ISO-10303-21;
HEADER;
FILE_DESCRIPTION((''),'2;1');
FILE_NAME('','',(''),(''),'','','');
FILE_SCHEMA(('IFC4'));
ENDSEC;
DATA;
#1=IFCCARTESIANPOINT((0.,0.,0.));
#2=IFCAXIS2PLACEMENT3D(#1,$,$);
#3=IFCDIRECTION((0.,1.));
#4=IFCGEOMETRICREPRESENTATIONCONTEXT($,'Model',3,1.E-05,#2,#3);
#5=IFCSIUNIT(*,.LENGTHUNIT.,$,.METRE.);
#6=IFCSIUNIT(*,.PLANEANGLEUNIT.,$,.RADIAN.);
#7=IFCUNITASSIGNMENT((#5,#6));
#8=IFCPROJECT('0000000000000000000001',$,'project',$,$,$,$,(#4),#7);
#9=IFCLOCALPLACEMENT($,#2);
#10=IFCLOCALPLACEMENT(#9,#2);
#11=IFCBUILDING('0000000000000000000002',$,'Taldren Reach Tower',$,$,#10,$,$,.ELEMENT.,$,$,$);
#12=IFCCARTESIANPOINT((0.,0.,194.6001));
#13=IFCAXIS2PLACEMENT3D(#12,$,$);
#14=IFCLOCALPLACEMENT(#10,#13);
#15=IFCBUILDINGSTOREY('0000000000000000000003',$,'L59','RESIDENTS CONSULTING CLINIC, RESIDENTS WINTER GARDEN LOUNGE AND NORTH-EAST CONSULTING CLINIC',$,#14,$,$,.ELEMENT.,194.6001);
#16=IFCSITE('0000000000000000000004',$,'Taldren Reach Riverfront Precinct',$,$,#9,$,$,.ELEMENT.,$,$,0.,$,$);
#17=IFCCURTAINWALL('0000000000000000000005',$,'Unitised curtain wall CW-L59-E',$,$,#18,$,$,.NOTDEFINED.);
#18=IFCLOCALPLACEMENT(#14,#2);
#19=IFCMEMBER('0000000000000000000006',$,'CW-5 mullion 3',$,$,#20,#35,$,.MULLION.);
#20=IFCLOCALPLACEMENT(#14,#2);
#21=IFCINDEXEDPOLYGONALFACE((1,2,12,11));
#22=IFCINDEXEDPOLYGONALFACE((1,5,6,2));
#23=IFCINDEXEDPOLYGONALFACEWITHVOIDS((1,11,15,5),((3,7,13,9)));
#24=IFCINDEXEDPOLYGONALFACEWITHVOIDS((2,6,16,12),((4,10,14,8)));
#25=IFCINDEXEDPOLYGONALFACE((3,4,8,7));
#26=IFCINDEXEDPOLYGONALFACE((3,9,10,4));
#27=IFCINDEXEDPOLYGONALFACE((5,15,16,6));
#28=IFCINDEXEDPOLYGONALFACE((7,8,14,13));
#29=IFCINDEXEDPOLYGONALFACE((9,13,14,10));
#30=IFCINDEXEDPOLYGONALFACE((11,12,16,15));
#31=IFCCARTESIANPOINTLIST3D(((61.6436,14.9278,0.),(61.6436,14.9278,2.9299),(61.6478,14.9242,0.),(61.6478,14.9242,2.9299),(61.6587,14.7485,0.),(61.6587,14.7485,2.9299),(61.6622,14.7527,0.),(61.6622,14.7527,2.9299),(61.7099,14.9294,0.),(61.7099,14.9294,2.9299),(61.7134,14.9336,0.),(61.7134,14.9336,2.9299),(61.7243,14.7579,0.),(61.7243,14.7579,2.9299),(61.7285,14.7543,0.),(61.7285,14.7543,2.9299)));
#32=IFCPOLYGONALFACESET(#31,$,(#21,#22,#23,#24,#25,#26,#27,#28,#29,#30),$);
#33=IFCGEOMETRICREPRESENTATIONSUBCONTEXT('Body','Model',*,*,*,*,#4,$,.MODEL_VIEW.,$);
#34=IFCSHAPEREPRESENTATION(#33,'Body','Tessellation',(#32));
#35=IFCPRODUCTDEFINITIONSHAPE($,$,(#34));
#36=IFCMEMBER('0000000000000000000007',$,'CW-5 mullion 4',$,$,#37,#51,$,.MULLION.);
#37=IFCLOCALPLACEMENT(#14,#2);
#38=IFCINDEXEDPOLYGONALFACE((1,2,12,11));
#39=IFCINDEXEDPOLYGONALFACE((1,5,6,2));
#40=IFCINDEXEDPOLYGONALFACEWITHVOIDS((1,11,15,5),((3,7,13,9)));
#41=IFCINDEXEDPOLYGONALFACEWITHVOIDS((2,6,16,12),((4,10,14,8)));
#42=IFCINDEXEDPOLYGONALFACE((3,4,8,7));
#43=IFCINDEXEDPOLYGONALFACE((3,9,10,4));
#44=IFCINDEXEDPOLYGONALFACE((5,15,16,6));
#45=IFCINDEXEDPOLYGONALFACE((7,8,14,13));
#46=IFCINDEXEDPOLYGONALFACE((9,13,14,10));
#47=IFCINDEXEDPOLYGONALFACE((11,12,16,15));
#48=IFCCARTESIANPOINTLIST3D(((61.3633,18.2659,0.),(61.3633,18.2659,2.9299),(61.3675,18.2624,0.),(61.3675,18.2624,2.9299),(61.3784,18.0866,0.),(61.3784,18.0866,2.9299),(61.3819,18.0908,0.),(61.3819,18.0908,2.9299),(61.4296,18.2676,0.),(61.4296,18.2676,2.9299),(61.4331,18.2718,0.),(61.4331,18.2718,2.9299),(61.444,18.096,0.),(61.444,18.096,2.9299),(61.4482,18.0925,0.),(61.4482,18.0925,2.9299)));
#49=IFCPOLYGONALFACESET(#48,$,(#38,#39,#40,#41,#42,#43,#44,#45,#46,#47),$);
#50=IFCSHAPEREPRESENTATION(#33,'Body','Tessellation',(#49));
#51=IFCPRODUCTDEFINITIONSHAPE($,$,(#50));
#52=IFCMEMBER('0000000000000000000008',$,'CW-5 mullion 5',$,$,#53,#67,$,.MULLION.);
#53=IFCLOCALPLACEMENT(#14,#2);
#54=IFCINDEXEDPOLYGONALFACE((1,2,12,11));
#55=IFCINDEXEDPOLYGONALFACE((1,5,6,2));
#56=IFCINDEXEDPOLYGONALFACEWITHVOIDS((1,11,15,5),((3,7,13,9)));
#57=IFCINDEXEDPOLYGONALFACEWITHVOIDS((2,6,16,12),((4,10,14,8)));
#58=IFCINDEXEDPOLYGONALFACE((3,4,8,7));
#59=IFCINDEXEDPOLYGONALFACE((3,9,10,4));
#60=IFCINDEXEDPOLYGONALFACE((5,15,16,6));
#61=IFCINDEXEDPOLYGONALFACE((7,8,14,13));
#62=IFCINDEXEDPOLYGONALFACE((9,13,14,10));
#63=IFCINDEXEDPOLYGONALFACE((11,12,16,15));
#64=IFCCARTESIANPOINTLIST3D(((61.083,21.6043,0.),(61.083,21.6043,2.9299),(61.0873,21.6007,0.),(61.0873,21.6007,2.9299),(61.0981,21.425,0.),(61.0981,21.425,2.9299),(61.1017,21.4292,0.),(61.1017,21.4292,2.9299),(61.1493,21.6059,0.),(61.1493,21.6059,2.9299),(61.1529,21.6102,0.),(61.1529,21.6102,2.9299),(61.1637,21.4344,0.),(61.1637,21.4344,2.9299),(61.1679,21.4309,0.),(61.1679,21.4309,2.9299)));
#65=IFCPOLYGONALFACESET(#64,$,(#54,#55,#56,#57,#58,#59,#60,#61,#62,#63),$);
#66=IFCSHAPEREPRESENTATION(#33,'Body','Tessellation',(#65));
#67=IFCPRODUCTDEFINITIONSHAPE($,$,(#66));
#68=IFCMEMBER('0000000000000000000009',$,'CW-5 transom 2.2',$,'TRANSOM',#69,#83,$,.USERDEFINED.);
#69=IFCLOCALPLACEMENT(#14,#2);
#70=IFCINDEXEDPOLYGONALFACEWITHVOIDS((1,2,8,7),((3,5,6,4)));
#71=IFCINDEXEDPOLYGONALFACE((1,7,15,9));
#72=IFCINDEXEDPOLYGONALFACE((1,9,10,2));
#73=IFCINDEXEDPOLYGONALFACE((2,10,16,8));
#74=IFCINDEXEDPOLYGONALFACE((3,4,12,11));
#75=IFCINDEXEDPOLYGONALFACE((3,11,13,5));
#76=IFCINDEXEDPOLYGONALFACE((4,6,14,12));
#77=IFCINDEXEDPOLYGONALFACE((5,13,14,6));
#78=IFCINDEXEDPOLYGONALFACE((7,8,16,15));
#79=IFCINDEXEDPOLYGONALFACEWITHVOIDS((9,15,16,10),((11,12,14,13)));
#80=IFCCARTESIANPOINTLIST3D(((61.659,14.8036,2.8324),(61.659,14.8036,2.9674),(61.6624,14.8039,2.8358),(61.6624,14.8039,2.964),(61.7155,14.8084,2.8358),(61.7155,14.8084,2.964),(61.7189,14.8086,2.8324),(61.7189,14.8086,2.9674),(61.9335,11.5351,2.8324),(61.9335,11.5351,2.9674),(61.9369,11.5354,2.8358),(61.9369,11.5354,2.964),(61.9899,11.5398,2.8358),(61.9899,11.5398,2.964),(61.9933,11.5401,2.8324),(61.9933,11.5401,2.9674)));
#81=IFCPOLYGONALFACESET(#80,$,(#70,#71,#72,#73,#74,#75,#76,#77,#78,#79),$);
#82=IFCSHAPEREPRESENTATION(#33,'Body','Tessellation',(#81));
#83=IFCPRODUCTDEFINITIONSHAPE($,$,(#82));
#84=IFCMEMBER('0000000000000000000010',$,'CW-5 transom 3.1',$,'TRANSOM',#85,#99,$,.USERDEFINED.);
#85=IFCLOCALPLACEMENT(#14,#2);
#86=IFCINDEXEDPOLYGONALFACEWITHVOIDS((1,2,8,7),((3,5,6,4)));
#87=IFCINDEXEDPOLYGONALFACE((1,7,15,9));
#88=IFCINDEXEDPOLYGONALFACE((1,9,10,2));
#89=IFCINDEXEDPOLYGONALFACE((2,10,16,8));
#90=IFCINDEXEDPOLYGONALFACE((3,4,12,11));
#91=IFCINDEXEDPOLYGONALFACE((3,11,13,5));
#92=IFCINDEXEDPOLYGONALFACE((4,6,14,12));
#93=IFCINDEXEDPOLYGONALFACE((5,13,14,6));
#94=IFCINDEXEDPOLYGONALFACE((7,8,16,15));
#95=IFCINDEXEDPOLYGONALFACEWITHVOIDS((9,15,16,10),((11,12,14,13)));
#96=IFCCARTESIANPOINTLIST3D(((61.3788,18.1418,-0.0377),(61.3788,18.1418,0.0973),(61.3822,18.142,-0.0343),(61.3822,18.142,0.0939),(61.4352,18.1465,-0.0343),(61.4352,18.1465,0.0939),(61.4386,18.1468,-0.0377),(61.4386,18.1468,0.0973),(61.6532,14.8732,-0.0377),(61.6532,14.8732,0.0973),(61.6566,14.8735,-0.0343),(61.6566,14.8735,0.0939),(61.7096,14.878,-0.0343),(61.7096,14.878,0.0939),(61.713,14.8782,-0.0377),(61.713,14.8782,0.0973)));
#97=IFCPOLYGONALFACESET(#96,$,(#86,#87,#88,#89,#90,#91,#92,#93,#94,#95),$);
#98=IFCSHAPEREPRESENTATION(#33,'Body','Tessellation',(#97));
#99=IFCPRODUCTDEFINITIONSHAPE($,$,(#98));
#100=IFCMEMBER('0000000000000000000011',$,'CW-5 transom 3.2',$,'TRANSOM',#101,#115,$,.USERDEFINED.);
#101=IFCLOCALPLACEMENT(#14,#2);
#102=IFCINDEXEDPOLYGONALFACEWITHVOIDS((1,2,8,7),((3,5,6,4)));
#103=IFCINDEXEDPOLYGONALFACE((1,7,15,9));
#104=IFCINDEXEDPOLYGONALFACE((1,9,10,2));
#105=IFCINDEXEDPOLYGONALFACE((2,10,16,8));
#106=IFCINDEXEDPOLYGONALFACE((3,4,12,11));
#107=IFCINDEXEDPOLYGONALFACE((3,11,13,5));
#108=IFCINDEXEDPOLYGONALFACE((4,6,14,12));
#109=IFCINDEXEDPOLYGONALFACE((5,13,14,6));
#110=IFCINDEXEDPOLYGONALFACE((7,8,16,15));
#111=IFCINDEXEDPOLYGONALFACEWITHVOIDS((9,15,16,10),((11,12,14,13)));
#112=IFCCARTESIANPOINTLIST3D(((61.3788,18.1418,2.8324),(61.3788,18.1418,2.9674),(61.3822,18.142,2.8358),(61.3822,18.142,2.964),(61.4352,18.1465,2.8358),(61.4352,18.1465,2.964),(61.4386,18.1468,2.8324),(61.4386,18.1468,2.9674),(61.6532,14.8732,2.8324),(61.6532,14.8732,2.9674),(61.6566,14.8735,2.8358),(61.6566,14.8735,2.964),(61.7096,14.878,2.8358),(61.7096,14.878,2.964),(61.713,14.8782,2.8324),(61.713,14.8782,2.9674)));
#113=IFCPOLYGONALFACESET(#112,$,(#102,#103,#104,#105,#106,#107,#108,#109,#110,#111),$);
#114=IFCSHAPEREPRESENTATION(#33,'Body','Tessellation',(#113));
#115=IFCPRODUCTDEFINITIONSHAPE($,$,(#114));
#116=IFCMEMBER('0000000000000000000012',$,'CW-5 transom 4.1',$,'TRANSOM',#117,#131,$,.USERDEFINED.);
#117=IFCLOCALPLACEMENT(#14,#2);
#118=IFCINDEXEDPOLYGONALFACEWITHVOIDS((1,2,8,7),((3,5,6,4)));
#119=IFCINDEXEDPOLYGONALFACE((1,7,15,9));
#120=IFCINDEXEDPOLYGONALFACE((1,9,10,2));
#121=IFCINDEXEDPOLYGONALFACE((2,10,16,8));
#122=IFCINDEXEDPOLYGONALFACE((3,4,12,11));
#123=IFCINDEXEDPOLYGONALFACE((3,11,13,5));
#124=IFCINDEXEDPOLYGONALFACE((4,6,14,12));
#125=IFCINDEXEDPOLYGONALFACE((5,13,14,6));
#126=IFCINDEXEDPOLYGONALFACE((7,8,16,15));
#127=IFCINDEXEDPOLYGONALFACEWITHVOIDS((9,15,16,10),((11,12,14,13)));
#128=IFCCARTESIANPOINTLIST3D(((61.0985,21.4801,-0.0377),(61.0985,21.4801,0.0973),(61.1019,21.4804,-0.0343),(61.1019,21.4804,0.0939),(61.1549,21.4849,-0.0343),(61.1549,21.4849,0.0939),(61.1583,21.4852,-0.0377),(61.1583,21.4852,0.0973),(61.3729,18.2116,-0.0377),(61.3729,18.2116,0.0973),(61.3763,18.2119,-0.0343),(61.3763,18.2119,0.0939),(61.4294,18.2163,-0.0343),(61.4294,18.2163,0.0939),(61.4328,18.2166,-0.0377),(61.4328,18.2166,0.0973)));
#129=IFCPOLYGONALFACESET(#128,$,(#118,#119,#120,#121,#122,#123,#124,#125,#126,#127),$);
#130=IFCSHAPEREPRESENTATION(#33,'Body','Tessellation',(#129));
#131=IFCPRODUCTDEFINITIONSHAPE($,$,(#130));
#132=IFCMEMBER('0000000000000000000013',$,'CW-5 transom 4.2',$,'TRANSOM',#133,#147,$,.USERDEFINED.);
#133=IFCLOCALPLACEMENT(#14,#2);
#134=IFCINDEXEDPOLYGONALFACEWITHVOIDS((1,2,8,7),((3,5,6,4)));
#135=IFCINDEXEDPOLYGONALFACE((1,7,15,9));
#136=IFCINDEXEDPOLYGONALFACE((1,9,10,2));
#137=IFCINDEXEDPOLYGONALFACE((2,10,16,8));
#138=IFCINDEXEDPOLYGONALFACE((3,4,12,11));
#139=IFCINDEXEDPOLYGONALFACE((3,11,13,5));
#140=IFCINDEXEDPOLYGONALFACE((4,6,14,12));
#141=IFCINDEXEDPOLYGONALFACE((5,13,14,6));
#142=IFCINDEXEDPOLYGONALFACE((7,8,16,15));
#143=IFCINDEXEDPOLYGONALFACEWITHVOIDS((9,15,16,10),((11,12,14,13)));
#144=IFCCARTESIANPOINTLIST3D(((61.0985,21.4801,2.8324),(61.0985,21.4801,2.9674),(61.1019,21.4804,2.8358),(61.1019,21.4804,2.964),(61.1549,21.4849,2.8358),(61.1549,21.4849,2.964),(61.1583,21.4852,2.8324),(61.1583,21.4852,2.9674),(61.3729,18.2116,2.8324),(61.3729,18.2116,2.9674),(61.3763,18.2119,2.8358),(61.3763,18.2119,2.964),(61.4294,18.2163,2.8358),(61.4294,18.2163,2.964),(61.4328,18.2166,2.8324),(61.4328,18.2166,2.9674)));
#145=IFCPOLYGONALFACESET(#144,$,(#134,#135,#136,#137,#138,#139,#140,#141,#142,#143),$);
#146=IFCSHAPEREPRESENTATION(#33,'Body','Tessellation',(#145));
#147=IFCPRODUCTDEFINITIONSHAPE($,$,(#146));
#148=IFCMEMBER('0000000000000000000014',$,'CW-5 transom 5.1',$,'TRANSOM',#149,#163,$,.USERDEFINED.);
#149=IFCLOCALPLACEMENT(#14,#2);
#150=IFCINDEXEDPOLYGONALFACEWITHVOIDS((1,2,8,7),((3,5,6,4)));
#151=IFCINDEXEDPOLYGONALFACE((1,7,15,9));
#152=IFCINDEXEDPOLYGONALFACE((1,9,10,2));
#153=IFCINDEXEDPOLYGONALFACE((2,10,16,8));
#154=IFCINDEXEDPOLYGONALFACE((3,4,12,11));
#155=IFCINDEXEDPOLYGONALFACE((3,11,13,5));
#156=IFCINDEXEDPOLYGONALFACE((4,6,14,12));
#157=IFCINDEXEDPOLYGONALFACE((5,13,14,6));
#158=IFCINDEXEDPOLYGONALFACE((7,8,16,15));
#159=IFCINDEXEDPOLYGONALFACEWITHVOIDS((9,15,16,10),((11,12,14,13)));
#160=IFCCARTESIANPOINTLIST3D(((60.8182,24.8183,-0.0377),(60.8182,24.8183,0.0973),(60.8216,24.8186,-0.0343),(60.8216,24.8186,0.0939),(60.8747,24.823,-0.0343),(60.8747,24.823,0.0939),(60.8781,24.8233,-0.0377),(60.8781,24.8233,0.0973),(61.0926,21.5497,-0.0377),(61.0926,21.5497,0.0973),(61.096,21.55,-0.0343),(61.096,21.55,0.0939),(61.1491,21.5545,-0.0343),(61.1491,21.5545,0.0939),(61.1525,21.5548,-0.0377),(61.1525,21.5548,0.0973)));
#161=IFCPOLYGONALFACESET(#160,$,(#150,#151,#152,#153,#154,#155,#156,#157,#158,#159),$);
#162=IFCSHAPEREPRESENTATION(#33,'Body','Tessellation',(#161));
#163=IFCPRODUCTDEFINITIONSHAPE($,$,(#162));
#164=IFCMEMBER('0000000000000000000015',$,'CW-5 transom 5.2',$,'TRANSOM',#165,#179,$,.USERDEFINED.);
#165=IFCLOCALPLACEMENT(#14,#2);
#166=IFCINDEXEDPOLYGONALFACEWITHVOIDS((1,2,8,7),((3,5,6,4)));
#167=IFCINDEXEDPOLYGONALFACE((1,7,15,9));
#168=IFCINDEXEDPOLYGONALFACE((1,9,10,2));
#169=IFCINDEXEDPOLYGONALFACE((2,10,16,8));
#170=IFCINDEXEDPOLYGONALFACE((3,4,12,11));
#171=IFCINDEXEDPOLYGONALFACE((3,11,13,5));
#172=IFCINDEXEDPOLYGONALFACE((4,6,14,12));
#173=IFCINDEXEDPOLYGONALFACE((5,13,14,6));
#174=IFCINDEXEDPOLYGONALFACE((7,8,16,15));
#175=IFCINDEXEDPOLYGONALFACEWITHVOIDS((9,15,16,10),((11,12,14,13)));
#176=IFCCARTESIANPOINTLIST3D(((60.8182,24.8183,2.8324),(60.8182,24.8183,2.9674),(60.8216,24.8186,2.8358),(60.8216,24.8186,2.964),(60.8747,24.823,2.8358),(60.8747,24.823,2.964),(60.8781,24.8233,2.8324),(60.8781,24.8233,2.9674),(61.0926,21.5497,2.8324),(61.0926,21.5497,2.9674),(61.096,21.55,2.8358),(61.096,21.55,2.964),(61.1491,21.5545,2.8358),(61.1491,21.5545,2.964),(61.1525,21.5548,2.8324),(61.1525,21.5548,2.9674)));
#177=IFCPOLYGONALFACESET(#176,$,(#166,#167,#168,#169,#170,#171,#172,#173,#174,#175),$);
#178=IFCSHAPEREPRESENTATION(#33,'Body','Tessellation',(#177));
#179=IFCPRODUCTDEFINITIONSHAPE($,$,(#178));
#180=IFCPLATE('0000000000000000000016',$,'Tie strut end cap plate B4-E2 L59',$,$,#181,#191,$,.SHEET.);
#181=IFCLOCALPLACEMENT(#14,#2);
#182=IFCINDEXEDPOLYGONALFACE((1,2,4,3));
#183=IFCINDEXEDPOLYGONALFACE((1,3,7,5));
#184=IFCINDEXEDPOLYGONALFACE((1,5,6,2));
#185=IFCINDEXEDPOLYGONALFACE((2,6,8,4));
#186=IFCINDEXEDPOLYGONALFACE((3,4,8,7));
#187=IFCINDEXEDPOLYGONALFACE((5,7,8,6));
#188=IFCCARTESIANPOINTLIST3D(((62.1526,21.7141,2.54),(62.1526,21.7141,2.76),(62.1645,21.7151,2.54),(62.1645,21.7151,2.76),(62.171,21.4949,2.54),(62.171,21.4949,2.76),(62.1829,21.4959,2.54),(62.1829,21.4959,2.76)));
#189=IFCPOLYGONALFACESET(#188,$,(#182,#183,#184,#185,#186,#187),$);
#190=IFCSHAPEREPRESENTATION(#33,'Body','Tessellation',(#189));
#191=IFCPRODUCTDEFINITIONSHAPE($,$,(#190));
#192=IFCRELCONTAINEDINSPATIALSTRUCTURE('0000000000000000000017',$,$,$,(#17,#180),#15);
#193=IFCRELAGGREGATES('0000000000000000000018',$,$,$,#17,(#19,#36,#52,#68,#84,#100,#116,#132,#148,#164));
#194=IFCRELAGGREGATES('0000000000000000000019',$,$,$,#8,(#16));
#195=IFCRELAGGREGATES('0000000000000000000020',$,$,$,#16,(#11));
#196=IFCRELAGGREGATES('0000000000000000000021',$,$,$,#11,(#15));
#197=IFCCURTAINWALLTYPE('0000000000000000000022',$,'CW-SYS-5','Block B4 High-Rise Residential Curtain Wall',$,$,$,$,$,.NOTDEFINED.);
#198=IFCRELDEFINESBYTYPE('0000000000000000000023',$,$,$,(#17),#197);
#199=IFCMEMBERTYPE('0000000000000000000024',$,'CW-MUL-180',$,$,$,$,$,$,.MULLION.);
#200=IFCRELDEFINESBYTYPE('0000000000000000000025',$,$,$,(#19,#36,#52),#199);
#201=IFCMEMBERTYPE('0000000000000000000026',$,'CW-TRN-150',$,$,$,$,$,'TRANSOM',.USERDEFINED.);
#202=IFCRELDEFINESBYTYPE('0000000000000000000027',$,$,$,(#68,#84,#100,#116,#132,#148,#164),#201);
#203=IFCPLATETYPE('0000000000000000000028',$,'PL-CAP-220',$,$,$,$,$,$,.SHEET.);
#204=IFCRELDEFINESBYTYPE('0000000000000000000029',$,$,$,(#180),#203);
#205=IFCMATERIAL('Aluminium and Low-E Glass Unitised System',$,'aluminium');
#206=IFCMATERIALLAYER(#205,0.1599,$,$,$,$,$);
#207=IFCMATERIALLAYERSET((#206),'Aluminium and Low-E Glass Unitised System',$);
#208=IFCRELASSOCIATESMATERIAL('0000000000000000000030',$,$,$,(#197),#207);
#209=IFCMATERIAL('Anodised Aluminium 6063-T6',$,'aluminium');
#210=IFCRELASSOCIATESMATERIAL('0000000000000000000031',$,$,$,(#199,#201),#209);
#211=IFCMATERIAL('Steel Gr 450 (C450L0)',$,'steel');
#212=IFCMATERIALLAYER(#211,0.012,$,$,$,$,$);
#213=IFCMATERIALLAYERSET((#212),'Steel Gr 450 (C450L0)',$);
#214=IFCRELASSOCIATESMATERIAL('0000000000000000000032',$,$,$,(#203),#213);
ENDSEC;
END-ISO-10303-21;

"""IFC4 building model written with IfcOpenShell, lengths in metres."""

from ifc_helpers import new_model, si_unit, direction, frame, origin, origin_2d, place, context, subcontext, project, spatial, rectangle, hollow_rectangle, extrude, source, transform, mapped, material, layer, layer_set, material_profile, profile_set, type_object, element, aggregate, save


model = new_model("IFC4")

# Units and contexts
model_context = context("Model", 3, precision=1e-05, world=origin(), true_north=direction((0.0, 1.0)))
body_context = subcontext(model_context, "Body", "Model", "MODEL_VIEW")
ifc_project = project(units=[si_unit("LENGTHUNIT", "METRE"), si_unit("PLANEANGLEUNIT", "RADIAN")], contexts=[model_context])

# Site, building, storey
site_placement = place(None, origin())
site = spatial("IfcSite", under=ifc_project, at=site_placement, Name="Taldren Reach Riverfront Precinct", CompositionType="ELEMENT", RefElevation=0.0)
building_placement = place(site_placement, origin())
building = spatial("IfcBuilding", under=site, at=building_placement, Name="Taldren Reach Tower", CompositionType="ELEMENT")
storey_placement = place(building_placement, frame((0.0, 0.0, 194.6001)))
storey = spatial("IfcBuildingStorey", under=building, at=storey_placement, Name="L59", Description="RESIDENTS CONSULTING CLINIC, RESIDENTS WINTER GARDEN LOUNGE AND NORTH-EAST CONSULTING CLINIC", CompositionType="ELEMENT", Elevation=194.6001)

# Shared definitions
ifc_material_1 = material(Name="Steel Gr 450 (C450L0)", Category="steel")

# Curtain wall, members
ifc_material_2 = material(Name="Aluminium and Low-E Glass Unitised System", Category="aluminium")
ifc_layer_1 = layer(ifc_material_2, 0.1599)
ifc_layer_set_1 = layer_set([ifc_layer_1], Name="Aluminium and Low-E Glass Unitised System")
curtain_wall_type = type_object("IfcCurtainWallType", Name="CW-SYS-5", Description="Block B4 High-Rise Residential Curtain Wall", PredefinedType="NOTDEFINED", material=ifc_layer_set_1)
curtain_wall_placement = place(storey_placement, origin())
curtain_wall = element("IfcCurtainWall", 1, at=curtain_wall_placement, inside=storey, type_object=curtain_wall_type, Name="Unitised curtain wall CW-L59-E", PredefinedType="NOTDEFINED")
ifc_material_3 = material(Name="Anodised Aluminium 6063-T6", Category="aluminium")
ifc_material_profile_1 = material_profile(ifc_material_3, hollow_rectangle(XDim=0.0701, YDim=0.1799, WallThickness=0.0039, at=origin_2d()), Name="ALU-180x70x4RHS")
ifc_profile_set_1 = profile_set([ifc_material_profile_1], Name="Anodised Aluminium 6063-T6")
member_type_1 = type_object("IfcMemberType", Name="CW-MUL-180", PredefinedType="MULLION", material=ifc_profile_set_1)
shared_shape_1 = source(origin(), body_context, "Body", "SweptSolid", [
    extrude(hollow_rectangle(XDim=0.0701, YDim=0.1799, WallThickness=0.0039, at=origin_2d()), origin(), (0.0, 0.0, 1.0), 2.9299),
])
member_1_placement = place(storey_placement, frame((61.686, 14.8411, 0.0), z_axis=(0.0, 0.0, 1.0), x_axis=(-0.996493, -0.083678, 0.0)))
member_1 = element("IfcMember", 2, at=member_1_placement, type_object=member_type_1, Name="CW-5 mullion 3", PredefinedType="MULLION", context=body_context, shape_type="MappedRepresentation", body=[
    mapped(shared_shape_1, transform((0.0, 0.0, 0.0), scale=1.0)),
])
member_2_placement = place(storey_placement, frame((61.4058, 18.1792, 0.0), z_axis=(0.0, 0.0, 1.0), x_axis=(-0.996493, -0.083678, 0.0)))
member_2 = element("IfcMember", 3, at=member_2_placement, type_object=member_type_1, Name="CW-5 mullion 4", PredefinedType="MULLION", context=body_context, shape_type="MappedRepresentation", body=[
    mapped(shared_shape_1, transform((0.0, 0.0, 0.0), scale=1.0)),
])
member_3_placement = place(storey_placement, frame((61.1255, 21.5176, 0.0), z_axis=(0.0, 0.0, 1.0), x_axis=(-0.996493, -0.083678, 0.0)))
member_3 = element("IfcMember", 4, at=member_3_placement, type_object=member_type_1, Name="CW-5 mullion 5", PredefinedType="MULLION", context=body_context, shape_type="MappedRepresentation", body=[
    mapped(shared_shape_1, transform((0.0, 0.0, 0.0), scale=1.0)),
])
ifc_material_profile_2 = material_profile(ifc_material_3, hollow_rectangle(XDim=0.0601, YDim=0.135, WallThickness=0.0034, at=origin_2d()), Name="ALU-135x60x3.5RHS")
ifc_profile_set_2 = profile_set([ifc_material_profile_2], Name="Anodised Aluminium 6063-T6")
member_type_2 = type_object("IfcMemberType", Name="CW-TRN-150", ElementType="TRANSOM", PredefinedType="USERDEFINED", material=ifc_profile_set_2)
shared_shape_2 = source(origin(), body_context, "Body", "SweptSolid", [
    extrude(hollow_rectangle(XDim=0.0601, YDim=0.135, WallThickness=0.0034, at=origin_2d()), origin(), (0.0, 0.0, 1.0), 3.28),
])
member_4_placement = place(storey_placement, frame((61.9634, 11.5376, 2.8999), z_axis=(-0.083661, 0.996494, 0.0), x_axis=(-0.996494, -0.083661, 0.0)))
member_4 = element("IfcMember", 5, at=member_4_placement, type_object=member_type_2, Name="CW-5 transom 2.2", ObjectType="TRANSOM", PredefinedType="USERDEFINED", context=body_context, shape_type="MappedRepresentation", body=[
    mapped(shared_shape_2, transform((0.0, 0.0, 0.0), scale=1.0)),
])
member_5_placement = place(storey_placement, frame((61.6831, 14.8757, 0.0298), z_axis=(-0.083661, 0.996494, 0.0), x_axis=(-0.996494, -0.083661, 0.0)))
member_5 = element("IfcMember", 6, at=member_5_placement, type_object=member_type_2, Name="CW-5 transom 3.1", ObjectType="TRANSOM", PredefinedType="USERDEFINED", context=body_context, shape_type="MappedRepresentation", body=[
    mapped(shared_shape_2, transform((0.0, 0.0, 0.0), scale=1.0)),
])
member_6_placement = place(storey_placement, frame((61.6831, 14.8757, 2.8999), z_axis=(-0.083661, 0.996494, 0.0), x_axis=(-0.996494, -0.083661, 0.0)))
member_6 = element("IfcMember", 7, at=member_6_placement, type_object=member_type_2, Name="CW-5 transom 3.2", ObjectType="TRANSOM", PredefinedType="USERDEFINED", context=body_context, shape_type="MappedRepresentation", body=[
    mapped(shared_shape_2, transform((0.0, 0.0, 0.0), scale=1.0)),
])
member_7_placement = place(storey_placement, frame((61.4028, 18.2141, 0.0298), z_axis=(-0.083661, 0.996494, 0.0), x_axis=(-0.996494, -0.083661, 0.0)))
member_7 = element("IfcMember", 8, at=member_7_placement, type_object=member_type_2, Name="CW-5 transom 4.1", ObjectType="TRANSOM", PredefinedType="USERDEFINED", context=body_context, shape_type="MappedRepresentation", body=[
    mapped(shared_shape_2, transform((0.0, 0.0, 0.0), scale=1.0)),
])
member_8_placement = place(storey_placement, frame((61.4028, 18.2141, 2.8999), z_axis=(-0.083661, 0.996494, 0.0), x_axis=(-0.996494, -0.083661, 0.0)))
member_8 = element("IfcMember", 9, at=member_8_placement, type_object=member_type_2, Name="CW-5 transom 4.2", ObjectType="TRANSOM", PredefinedType="USERDEFINED", context=body_context, shape_type="MappedRepresentation", body=[
    mapped(shared_shape_2, transform((0.0, 0.0, 0.0), scale=1.0)),
])
member_9_placement = place(storey_placement, frame((61.1226, 21.5522, 0.0298), z_axis=(-0.083661, 0.996494, 0.0), x_axis=(-0.996494, -0.083661, 0.0)))
member_9 = element("IfcMember", 10, at=member_9_placement, type_object=member_type_2, Name="CW-5 transom 5.1", ObjectType="TRANSOM", PredefinedType="USERDEFINED", context=body_context, shape_type="MappedRepresentation", body=[
    mapped(shared_shape_2, transform((0.0, 0.0, 0.0), scale=1.0)),
])
member_10_placement = place(storey_placement, frame((61.1226, 21.5522, 2.8999), z_axis=(-0.083661, 0.996494, 0.0), x_axis=(-0.996494, -0.083661, 0.0)))
member_10 = element("IfcMember", 11, at=member_10_placement, type_object=member_type_2, Name="CW-5 transom 5.2", ObjectType="TRANSOM", PredefinedType="USERDEFINED", context=body_context, shape_type="MappedRepresentation", body=[
    mapped(shared_shape_2, transform((0.0, 0.0, 0.0), scale=1.0)),
])

# Plate
ifc_layer_2 = layer(ifc_material_1, 0.012)
ifc_layer_set_2 = layer_set([ifc_layer_2], Name="Steel Gr 450 (C450L0)")
plate_type_1 = type_object("IfcPlateType", Name="PL-CAP-220", PredefinedType="SHEET", material=ifc_layer_set_2)
shared_shape_3 = source(origin(), body_context, "Body", "SweptSolid", [
    extrude(rectangle(XDim=0.012, YDim=0.22, at=origin_2d()), origin(), (0.0, 0.0, 1.0), 0.22),
])
plate_1_placement = place(storey_placement, frame((62.1677, 21.605, 2.54), z_axis=(0.0, 0.0, 1.0), x_axis=(0.996493, 0.083678, 0.0)))
element("IfcPlate", 12, at=plate_1_placement, inside=storey, type_object=plate_type_1, Name="Tie strut end cap plate B4-E2 L59", PredefinedType="SHEET", context=body_context, shape_type="MappedRepresentation", body=[
    mapped(shared_shape_3, transform((0.0, 0.0, 0.0), scale=1.0)),
])
aggregate(curtain_wall, [member_1, member_2, member_3, member_4, member_5, member_6, member_7, member_8, member_9, member_10])

save(model, "model.ifc")
